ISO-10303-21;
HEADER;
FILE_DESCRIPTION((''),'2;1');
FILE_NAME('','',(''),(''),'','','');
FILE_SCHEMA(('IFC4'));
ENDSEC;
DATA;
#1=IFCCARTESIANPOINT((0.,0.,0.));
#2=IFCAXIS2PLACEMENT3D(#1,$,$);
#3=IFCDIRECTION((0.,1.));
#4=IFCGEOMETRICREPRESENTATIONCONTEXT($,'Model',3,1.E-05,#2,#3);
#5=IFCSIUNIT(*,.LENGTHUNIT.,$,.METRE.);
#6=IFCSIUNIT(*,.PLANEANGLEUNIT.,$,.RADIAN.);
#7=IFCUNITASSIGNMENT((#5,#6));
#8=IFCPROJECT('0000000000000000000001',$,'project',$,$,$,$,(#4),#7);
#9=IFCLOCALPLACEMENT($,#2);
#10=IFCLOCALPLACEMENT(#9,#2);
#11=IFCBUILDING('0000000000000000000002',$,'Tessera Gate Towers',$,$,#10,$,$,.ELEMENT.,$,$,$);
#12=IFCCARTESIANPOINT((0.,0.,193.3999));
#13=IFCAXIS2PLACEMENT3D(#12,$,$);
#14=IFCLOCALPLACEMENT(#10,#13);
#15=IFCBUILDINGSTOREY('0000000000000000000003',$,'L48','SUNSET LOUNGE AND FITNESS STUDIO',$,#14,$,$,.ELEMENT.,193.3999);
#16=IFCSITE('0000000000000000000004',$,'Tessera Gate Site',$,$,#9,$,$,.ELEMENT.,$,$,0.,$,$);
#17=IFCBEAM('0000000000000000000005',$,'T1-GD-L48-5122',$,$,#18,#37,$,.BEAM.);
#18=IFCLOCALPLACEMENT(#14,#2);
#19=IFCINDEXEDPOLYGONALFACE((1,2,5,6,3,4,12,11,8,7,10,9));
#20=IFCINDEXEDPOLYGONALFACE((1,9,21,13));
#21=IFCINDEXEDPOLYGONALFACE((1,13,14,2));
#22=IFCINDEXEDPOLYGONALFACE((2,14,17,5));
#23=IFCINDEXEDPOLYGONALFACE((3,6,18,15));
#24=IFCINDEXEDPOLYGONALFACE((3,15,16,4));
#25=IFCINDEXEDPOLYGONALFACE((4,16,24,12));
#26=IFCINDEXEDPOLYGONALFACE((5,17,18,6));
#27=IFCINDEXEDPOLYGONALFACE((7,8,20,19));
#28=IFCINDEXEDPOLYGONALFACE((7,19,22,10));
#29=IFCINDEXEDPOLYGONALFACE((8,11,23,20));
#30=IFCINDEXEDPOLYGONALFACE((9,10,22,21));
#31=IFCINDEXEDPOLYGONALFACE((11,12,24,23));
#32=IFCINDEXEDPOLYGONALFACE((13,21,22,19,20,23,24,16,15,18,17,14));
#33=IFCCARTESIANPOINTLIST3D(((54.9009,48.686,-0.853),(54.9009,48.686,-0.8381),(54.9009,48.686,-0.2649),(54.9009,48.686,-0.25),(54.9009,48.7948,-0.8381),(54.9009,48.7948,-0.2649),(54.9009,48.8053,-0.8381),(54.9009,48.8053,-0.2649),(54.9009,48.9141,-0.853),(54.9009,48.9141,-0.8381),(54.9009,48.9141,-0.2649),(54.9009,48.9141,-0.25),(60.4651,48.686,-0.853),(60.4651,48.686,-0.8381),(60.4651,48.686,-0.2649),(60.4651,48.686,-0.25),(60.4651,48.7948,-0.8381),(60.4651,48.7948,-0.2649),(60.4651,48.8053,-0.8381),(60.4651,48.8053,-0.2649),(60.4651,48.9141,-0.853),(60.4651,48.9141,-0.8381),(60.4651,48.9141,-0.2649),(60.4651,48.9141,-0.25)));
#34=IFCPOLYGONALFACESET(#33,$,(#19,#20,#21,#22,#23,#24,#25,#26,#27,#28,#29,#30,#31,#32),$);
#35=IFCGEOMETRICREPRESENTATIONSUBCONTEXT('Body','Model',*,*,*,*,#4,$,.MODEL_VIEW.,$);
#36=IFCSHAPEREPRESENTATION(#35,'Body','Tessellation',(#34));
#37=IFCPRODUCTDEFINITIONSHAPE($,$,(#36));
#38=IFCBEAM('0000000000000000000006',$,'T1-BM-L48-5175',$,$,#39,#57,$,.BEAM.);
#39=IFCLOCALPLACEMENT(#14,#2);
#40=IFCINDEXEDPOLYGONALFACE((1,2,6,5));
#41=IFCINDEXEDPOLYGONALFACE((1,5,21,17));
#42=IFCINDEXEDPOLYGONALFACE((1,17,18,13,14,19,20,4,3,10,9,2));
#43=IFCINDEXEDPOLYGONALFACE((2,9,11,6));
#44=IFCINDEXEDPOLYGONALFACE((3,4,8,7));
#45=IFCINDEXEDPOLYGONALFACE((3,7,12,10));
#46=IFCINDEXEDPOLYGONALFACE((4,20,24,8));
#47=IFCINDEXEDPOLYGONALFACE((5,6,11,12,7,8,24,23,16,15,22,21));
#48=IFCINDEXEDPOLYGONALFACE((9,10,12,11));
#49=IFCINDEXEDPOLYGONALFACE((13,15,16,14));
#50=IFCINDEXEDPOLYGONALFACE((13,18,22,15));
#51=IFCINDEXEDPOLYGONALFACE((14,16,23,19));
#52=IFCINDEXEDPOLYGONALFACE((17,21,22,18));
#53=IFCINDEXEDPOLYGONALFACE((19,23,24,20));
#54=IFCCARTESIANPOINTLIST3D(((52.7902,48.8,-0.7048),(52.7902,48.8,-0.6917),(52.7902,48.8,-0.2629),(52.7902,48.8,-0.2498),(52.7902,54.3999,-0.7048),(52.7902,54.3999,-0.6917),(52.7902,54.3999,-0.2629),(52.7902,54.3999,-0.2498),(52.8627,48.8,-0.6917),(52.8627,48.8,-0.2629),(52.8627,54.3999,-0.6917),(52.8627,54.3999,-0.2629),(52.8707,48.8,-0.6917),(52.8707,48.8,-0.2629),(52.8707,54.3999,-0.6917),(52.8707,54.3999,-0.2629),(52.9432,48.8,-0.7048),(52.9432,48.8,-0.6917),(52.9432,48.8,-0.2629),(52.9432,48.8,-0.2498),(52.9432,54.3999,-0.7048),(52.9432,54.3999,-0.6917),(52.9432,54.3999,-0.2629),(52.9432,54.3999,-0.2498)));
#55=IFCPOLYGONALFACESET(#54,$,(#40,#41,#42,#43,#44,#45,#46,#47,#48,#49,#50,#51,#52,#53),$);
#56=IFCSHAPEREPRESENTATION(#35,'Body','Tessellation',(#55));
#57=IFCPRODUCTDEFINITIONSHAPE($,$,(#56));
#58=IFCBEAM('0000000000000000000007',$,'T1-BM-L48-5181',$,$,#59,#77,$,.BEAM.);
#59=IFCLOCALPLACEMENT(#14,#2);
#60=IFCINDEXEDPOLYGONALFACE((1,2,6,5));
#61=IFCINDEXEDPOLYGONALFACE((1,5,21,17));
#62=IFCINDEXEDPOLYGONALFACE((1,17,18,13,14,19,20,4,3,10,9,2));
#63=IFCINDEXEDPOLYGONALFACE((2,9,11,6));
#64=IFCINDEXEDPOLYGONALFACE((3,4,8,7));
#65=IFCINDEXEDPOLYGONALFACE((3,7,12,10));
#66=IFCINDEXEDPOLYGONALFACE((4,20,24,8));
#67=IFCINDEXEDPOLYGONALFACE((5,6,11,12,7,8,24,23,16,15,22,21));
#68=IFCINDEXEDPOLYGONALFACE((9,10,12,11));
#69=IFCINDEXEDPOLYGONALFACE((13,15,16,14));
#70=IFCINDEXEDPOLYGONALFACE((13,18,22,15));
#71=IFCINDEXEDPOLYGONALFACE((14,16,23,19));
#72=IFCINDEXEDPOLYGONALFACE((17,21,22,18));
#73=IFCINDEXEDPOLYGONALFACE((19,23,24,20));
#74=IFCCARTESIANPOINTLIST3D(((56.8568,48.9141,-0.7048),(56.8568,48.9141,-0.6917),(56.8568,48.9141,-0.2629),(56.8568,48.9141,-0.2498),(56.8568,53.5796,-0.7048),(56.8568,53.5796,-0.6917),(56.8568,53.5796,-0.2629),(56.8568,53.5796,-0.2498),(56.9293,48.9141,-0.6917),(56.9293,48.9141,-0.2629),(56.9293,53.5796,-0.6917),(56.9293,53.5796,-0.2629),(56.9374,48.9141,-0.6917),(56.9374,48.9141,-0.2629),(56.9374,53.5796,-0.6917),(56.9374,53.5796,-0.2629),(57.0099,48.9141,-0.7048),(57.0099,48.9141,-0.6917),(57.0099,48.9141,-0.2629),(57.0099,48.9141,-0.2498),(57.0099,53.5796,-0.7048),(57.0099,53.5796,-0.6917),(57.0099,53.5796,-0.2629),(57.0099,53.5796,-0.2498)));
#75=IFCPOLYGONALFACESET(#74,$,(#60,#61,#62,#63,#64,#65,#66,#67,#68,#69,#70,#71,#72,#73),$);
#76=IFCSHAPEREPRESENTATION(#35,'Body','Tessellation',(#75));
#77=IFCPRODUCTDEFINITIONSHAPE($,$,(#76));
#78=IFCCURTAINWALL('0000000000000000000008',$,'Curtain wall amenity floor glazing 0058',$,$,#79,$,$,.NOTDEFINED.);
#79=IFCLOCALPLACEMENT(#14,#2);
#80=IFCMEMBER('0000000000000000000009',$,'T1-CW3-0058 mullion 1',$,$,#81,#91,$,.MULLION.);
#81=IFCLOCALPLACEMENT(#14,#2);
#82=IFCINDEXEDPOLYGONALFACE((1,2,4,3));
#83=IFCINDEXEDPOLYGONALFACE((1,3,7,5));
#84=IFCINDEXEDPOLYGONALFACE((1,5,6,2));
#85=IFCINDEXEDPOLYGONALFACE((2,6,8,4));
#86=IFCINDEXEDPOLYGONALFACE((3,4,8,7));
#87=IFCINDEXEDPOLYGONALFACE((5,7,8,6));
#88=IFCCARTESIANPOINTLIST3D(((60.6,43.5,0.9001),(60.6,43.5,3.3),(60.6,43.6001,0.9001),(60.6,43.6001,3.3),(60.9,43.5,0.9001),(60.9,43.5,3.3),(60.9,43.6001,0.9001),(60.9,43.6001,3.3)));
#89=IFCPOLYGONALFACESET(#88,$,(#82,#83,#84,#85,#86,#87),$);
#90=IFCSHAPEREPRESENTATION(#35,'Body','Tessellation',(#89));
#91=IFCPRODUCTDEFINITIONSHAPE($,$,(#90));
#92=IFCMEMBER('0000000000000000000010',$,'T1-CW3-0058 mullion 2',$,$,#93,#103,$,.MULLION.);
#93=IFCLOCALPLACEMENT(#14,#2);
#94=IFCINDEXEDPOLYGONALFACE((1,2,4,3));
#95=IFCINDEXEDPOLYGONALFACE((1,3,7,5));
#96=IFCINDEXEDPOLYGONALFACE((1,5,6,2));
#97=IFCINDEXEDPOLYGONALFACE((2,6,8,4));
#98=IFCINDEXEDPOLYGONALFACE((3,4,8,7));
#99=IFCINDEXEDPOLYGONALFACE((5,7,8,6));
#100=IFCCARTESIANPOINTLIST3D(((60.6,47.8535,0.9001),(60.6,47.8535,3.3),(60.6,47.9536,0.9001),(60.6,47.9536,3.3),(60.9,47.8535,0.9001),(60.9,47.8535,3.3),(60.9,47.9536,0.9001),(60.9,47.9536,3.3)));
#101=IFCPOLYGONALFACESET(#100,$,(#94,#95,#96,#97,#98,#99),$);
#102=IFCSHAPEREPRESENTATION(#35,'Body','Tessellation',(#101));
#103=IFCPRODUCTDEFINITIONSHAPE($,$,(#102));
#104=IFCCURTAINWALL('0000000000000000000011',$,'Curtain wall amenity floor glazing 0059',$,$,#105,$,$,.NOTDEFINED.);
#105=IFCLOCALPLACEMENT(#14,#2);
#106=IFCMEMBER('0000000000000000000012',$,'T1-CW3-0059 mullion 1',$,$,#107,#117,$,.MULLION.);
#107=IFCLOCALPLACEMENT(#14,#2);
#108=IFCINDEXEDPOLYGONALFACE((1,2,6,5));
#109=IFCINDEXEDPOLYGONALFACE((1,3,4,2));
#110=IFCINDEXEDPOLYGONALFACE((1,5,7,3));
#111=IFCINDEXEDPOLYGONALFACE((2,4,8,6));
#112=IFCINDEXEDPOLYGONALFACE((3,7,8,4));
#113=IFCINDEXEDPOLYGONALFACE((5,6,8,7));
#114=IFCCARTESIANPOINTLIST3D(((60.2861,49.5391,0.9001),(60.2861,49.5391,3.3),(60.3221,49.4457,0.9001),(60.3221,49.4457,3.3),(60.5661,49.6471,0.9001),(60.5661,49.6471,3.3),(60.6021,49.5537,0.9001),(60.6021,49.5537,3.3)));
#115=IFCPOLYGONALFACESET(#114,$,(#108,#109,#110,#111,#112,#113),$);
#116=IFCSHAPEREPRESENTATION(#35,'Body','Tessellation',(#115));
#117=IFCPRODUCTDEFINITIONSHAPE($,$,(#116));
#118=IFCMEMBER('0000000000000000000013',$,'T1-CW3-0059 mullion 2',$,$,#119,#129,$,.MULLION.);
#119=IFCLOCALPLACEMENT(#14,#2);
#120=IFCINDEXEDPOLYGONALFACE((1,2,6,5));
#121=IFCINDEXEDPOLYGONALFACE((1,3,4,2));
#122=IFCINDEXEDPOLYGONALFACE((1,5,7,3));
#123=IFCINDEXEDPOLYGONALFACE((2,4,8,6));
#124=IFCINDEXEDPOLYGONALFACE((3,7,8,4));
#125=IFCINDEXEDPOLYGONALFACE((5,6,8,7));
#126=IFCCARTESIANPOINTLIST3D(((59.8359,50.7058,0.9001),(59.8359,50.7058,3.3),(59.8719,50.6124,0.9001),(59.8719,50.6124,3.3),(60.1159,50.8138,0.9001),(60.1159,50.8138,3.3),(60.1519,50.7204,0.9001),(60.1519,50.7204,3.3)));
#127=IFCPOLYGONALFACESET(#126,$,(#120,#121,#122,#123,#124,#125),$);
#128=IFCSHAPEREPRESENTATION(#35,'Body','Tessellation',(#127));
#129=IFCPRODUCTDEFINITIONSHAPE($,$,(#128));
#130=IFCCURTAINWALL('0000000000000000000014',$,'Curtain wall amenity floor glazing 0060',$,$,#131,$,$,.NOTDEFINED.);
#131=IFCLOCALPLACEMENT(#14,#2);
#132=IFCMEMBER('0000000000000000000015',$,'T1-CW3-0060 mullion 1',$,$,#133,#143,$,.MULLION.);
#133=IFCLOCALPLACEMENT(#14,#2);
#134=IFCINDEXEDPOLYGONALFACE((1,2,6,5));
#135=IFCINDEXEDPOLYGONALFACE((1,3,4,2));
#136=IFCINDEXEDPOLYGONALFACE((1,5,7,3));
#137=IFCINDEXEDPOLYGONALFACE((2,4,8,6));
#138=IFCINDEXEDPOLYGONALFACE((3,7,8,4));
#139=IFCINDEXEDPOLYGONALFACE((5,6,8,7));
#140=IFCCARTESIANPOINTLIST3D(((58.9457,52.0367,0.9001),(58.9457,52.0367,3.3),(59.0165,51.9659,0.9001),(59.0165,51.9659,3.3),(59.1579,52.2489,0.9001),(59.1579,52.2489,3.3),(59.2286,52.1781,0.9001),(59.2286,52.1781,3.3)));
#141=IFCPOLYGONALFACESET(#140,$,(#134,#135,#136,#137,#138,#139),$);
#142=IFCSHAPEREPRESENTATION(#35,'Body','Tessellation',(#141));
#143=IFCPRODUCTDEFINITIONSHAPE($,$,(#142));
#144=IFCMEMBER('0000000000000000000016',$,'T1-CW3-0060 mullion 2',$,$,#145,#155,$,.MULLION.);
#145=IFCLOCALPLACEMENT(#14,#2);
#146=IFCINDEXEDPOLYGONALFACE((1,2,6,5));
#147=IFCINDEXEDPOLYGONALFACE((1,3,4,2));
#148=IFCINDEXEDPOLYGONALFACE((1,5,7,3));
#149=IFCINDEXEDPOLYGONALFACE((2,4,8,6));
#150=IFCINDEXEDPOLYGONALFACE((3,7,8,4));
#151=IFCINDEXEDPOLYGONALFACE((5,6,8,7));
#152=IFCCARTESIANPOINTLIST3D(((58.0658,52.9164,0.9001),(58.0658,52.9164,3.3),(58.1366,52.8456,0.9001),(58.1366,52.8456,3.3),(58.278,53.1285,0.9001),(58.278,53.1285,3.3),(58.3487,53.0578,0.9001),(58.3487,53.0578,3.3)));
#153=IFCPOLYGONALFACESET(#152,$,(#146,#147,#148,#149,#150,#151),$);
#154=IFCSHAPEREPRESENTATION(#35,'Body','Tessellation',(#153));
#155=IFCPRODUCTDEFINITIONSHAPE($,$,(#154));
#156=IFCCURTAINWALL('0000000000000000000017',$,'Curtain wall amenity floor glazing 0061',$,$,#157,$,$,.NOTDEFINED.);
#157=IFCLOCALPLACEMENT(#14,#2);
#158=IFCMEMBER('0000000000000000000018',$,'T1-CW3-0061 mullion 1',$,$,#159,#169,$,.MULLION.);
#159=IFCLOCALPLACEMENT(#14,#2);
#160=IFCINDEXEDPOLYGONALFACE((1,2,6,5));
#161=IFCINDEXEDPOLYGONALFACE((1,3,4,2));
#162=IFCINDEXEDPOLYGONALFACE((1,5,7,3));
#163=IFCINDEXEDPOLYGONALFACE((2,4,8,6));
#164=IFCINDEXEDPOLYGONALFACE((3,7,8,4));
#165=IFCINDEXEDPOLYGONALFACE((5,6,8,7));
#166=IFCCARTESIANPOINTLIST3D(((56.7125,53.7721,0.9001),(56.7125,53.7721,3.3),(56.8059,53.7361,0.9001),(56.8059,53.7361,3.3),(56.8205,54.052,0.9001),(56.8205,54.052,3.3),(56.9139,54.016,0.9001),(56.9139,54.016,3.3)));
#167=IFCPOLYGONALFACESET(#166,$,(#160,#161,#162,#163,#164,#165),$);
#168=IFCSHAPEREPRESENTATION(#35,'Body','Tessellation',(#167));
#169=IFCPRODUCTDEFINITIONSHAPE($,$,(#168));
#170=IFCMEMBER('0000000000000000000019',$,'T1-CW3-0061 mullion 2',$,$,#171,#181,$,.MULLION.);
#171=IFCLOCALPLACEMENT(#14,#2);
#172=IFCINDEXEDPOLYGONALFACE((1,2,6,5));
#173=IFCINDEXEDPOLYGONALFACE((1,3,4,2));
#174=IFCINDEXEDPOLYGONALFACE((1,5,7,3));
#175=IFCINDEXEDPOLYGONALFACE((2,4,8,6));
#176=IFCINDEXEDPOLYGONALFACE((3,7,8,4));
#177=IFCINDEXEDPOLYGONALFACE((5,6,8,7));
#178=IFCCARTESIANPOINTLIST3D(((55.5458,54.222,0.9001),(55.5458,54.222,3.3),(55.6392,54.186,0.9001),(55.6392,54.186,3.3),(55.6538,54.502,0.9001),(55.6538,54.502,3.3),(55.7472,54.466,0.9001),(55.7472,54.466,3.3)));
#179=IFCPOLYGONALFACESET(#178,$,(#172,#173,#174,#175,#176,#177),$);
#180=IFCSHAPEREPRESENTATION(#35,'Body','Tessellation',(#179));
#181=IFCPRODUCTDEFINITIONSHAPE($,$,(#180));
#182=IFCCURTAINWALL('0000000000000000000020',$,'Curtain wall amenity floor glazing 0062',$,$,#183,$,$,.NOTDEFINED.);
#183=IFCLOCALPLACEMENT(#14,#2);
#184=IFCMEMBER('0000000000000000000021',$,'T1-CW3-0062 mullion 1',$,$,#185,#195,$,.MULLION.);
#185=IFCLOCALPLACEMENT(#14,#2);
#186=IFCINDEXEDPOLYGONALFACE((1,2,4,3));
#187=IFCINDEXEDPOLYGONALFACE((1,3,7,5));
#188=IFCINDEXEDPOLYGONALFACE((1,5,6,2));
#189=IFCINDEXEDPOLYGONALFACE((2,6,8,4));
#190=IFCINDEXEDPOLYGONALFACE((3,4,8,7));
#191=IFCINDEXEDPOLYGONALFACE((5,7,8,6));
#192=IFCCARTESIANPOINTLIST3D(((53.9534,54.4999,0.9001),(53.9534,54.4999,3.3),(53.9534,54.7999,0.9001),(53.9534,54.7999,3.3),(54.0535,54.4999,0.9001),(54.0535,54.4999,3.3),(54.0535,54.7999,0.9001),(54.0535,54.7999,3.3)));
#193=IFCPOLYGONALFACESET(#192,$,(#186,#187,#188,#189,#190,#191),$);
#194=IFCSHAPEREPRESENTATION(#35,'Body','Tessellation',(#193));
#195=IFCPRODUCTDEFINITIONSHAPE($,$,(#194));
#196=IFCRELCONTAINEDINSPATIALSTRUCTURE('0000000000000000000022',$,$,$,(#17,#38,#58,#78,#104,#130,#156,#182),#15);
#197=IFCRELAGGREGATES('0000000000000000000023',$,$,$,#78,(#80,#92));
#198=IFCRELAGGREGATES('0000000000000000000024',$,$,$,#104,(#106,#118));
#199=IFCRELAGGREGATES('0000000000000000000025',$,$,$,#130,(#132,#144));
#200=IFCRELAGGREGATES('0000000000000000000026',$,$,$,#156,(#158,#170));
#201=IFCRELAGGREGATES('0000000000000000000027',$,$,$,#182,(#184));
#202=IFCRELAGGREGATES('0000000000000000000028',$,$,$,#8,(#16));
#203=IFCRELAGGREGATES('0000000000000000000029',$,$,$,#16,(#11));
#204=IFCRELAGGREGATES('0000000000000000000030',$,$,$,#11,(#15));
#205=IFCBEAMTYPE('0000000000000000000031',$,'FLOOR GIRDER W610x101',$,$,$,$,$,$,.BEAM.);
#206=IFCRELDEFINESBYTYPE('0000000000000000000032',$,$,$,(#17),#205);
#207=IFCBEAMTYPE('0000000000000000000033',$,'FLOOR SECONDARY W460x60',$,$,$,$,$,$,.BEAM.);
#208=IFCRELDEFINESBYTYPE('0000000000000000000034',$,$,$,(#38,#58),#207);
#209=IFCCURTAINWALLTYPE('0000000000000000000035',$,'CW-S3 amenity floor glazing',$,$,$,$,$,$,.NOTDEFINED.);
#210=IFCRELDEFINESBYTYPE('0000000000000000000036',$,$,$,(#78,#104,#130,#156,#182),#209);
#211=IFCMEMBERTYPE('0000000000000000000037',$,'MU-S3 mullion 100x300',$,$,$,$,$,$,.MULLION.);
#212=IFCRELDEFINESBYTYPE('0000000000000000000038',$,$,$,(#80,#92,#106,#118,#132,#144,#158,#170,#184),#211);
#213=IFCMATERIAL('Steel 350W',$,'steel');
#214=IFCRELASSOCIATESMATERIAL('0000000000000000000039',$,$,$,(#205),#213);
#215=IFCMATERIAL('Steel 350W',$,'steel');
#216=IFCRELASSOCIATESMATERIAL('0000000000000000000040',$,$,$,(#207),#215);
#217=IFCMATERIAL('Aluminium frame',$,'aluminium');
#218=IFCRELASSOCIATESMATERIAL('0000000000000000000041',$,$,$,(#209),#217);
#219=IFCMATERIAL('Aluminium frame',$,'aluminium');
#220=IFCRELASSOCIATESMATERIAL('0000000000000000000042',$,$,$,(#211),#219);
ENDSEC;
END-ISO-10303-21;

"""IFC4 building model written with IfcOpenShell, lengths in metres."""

from ifc_helpers import new_model, si_unit, direction, frame, origin, origin_2d, place, context, subcontext, project, spatial, rectangle, i_section, extrude, material, material_profile, profile_set, type_object, element, aggregate, save


model = new_model("IFC4")

# Units and contexts
model_context = context("Model", 3, precision=1e-05, world=origin(), true_north=direction((0.0, 1.0)))
body_context = subcontext(model_context, "Body", "Model", "MODEL_VIEW")
ifc_project = project(units=[si_unit("LENGTHUNIT", "METRE"), si_unit("PLANEANGLEUNIT", "RADIAN")], contexts=[model_context])

# Site, building, storey
site_placement = place(None, origin())
site = spatial("IfcSite", under=ifc_project, at=site_placement, Name="Tessera Gate Site", CompositionType="ELEMENT", RefElevation=0.0)
building_placement = place(site_placement, origin())
building = spatial("IfcBuilding", under=site, at=building_placement, Name="Tessera Gate Towers", CompositionType="ELEMENT")
storey_placement = place(building_placement, frame((0.0, 0.0, 193.3999)))
storey = spatial("IfcBuildingStorey", under=building, at=storey_placement, Name="L48", Description="SUNSET LOUNGE AND FITNESS STUDIO", CompositionType="ELEMENT", Elevation=193.3999)

# Beams
ifc_material_1 = material(Name="Steel 350W", Category="steel")
ifc_material_profile_1 = material_profile(ifc_material_1, i_section(OverallWidth=0.228, OverallDepth=0.603, WebThickness=0.0105, FlangeThickness=0.0149, at=origin_2d()), Name="W610x101")
ifc_profile_set_1 = profile_set([ifc_material_profile_1], Name="Steel 350W")
beam_type_1 = type_object("IfcBeamType", Name="FLOOR GIRDER W610x101", PredefinedType="BEAM", material=ifc_profile_set_1)
beam_1_placement = place(storey_placement, frame((54.9009, 48.8, -0.5515), z_axis=(1.0, 0.0, 0.0), x_axis=(0.0, 1.0, 0.0)))
element("IfcBeam", 1, at=beam_1_placement, inside=storey, type_object=beam_type_1, Name="T1-GD-L48-5122", PredefinedType="BEAM", context=body_context, shape_type="SweptSolid", body=[
    extrude(i_section(OverallWidth=0.228, OverallDepth=0.603, WebThickness=0.0105, FlangeThickness=0.0149, at=origin_2d()), origin(), (0.0, 0.0, 1.0), 5.5642),
])
ifc_material_2 = material(Name="Steel 350W", Category="steel")
ifc_material_profile_2 = material_profile(ifc_material_2, i_section(OverallWidth=0.1531, OverallDepth=0.4551, WebThickness=0.0081, FlangeThickness=0.0132, at=origin_2d()), Name="W460x60")
ifc_profile_set_2 = profile_set([ifc_material_profile_2], Name="Steel 350W")
beam_type_2 = type_object("IfcBeamType", Name="FLOOR SECONDARY W460x60", PredefinedType="BEAM", material=ifc_profile_set_2)
beam_2_placement = place(storey_placement, frame((52.8667, 48.8, -0.4773), z_axis=(0.0, 1.0, 0.0), x_axis=(-1.0, 0.0, 0.0)))
element("IfcBeam", 2, at=beam_2_placement, inside=storey, type_object=beam_type_2, Name="T1-BM-L48-5175", PredefinedType="BEAM", context=body_context, shape_type="SweptSolid", body=[
    extrude(i_section(OverallWidth=0.1531, OverallDepth=0.4551, WebThickness=0.0081, FlangeThickness=0.0132, at=origin_2d()), origin(), (0.0, 0.0, 1.0), 5.5999),
])
beam_3_placement = place(storey_placement, frame((56.9333, 48.9141, -0.4773), z_axis=(0.0, 1.0, 0.0), x_axis=(-1.0, 0.0, 0.0)))
element("IfcBeam", 3, at=beam_3_placement, inside=storey, type_object=beam_type_2, Name="T1-BM-L48-5181", PredefinedType="BEAM", context=body_context, shape_type="SweptSolid", body=[
    extrude(i_section(OverallWidth=0.1531, OverallDepth=0.4551, WebThickness=0.0081, FlangeThickness=0.0132, at=origin_2d()), origin(), (0.0, 0.0, 1.0), 4.6655),
])

# Curtain walls, members
ifc_material_3 = material(Name="Aluminium frame", Category="aluminium")
curtain_wall_type = type_object("IfcCurtainWallType", Name="CW-S3 amenity floor glazing", PredefinedType="NOTDEFINED", material=ifc_material_3)
curtain_wall_1_placement = place(storey_placement, origin())
curtain_wall_1 = element("IfcCurtainWall", 4, at=curtain_wall_1_placement, inside=storey, type_object=curtain_wall_type, Name="Curtain wall amenity floor glazing 0058", PredefinedType="NOTDEFINED")
ifc_material_4 = material(Name="Aluminium frame", Category="aluminium")
ifc_material_profile_3 = material_profile(ifc_material_4, rectangle(XDim=0.1001, YDim=0.3, at=origin_2d()), Name="AL 100x300")
ifc_profile_set_3 = profile_set([ifc_material_profile_3], Name="Aluminium frame")
member_type_1 = type_object("IfcMemberType", Name="MU-S3 mullion 100x300", PredefinedType="MULLION", material=ifc_profile_set_3)
member_1_placement = place(storey_placement, frame((60.75, 43.55, 0.9001), z_axis=(0.0, 0.0, 1.0), x_axis=(0.0, 1.0, 0.0)))
member_1 = element("IfcMember", 5, at=member_1_placement, type_object=member_type_1, Name="T1-CW3-0058 mullion 1", PredefinedType="MULLION", context=body_context, shape_type="SweptSolid", body=[
    extrude(rectangle(XDim=0.1001, YDim=0.3, at=origin_2d()), origin(), (0.0, 0.0, 1.0), 2.3999),
])
member_2_placement = place(storey_placement, frame((60.75, 47.9036, 0.9001), z_axis=(0.0, 0.0, 1.0), x_axis=(0.0, 1.0, 0.0)))
member_2 = element("IfcMember", 6, at=member_2_placement, type_object=member_type_1, Name="T1-CW3-0058 mullion 2", PredefinedType="MULLION", context=body_context, shape_type="SweptSolid", body=[
    extrude(rectangle(XDim=0.1001, YDim=0.3, at=origin_2d()), origin(), (0.0, 0.0, 1.0), 2.3999),
])
curtain_wall_2_placement = place(storey_placement, origin())
curtain_wall_2 = element("IfcCurtainWall", 7, at=curtain_wall_2_placement, inside=storey, type_object=curtain_wall_type, Name="Curtain wall amenity floor glazing 0059", PredefinedType="NOTDEFINED")
member_3_placement = place(storey_placement, frame((60.4441, 49.5464, 0.9001), z_axis=(0.0, 0.0, 1.0), x_axis=(-0.359904, 0.932989, 0.0)))
member_3 = element("IfcMember", 8, at=member_3_placement, type_object=member_type_1, Name="T1-CW3-0059 mullion 1", PredefinedType="MULLION", context=body_context, shape_type="SweptSolid", body=[
    extrude(rectangle(XDim=0.1001, YDim=0.3, at=origin_2d()), origin(), (0.0, 0.0, 1.0), 2.3999),
])
member_4_placement = place(storey_placement, frame((59.9939, 50.7131, 0.9001), z_axis=(0.0, 0.0, 1.0), x_axis=(-0.359904, 0.932989, 0.0)))
member_4 = element("IfcMember", 9, at=member_4_placement, type_object=member_type_1, Name="T1-CW3-0059 mullion 2", PredefinedType="MULLION", context=body_context, shape_type="SweptSolid", body=[
    extrude(rectangle(XDim=0.1001, YDim=0.3, at=origin_2d()), origin(), (0.0, 0.0, 1.0), 2.3999),
])
curtain_wall_3_placement = place(storey_placement, origin())
curtain_wall_3 = element("IfcCurtainWall", 10, at=curtain_wall_3_placement, inside=storey, type_object=curtain_wall_type, Name="Curtain wall amenity floor glazing 0060", PredefinedType="NOTDEFINED")
member_5_placement = place(storey_placement, frame((59.0872, 52.1074, 0.9001), z_axis=(0.0, 0.0, 1.0), x_axis=(-0.707107, 0.707107, 0.0)))
member_5 = element("IfcMember", 11, at=member_5_placement, type_object=member_type_1, Name="T1-CW3-0060 mullion 1", PredefinedType="MULLION", context=body_context, shape_type="SweptSolid", body=[
    extrude(rectangle(XDim=0.1001, YDim=0.3, at=origin_2d()), origin(), (0.0, 0.0, 1.0), 2.3999),
])
member_6_placement = place(storey_placement, frame((58.2073, 52.9871, 0.9001), z_axis=(0.0, 0.0, 1.0), x_axis=(-0.707107, 0.707107, 0.0)))
member_6 = element("IfcMember", 12, at=member_6_placement, type_object=member_type_1, Name="T1-CW3-0060 mullion 2", PredefinedType="MULLION", context=body_context, shape_type="SweptSolid", body=[
    extrude(rectangle(XDim=0.1001, YDim=0.3, at=origin_2d()), origin(), (0.0, 0.0, 1.0), 2.3999),
])
curtain_wall_4_placement = place(storey_placement, origin())
curtain_wall_4 = element("IfcCurtainWall", 13, at=curtain_wall_4_placement, inside=storey, type_object=curtain_wall_type, Name="Curtain wall amenity floor glazing 0061", PredefinedType="NOTDEFINED")
member_7_placement = place(storey_placement, frame((56.8132, 53.894, 0.9001), z_axis=(0.0, 0.0, 1.0), x_axis=(-0.932989, 0.359904, 0.0)))
member_7 = element("IfcMember", 14, at=member_7_placement, type_object=member_type_1, Name="T1-CW3-0061 mullion 1", PredefinedType="MULLION", context=body_context, shape_type="SweptSolid", body=[
    extrude(rectangle(XDim=0.1001, YDim=0.3, at=origin_2d()), origin(), (0.0, 0.0, 1.0), 2.3999),
])
member_8_placement = place(storey_placement, frame((55.6465, 54.344, 0.9001), z_axis=(0.0, 0.0, 1.0), x_axis=(-0.932989, 0.359904, 0.0)))
member_8 = element("IfcMember", 15, at=member_8_placement, type_object=member_type_1, Name="T1-CW3-0061 mullion 2", PredefinedType="MULLION", context=body_context, shape_type="SweptSolid", body=[
    extrude(rectangle(XDim=0.1001, YDim=0.3, at=origin_2d()), origin(), (0.0, 0.0, 1.0), 2.3999),
])

# Curtain wall, member
curtain_wall_5_placement = place(storey_placement, origin())
curtain_wall_5 = element("IfcCurtainWall", 16, at=curtain_wall_5_placement, inside=storey, type_object=curtain_wall_type, Name="Curtain wall amenity floor glazing 0062", PredefinedType="NOTDEFINED")
member_9_placement = place(storey_placement, frame((54.0034, 54.6499, 0.9001), z_axis=(0.0, 0.0, 1.0), x_axis=(-1.0, 0.0, 0.0)))
member_9 = element("IfcMember", 17, at=member_9_placement, type_object=member_type_1, Name="T1-CW3-0062 mullion 1", PredefinedType="MULLION", context=body_context, shape_type="SweptSolid", body=[
    extrude(rectangle(XDim=0.1001, YDim=0.3, at=origin_2d()), origin(), (0.0, 0.0, 1.0), 2.3999),
])

aggregate(curtain_wall_1, [member_1, member_2])
aggregate(curtain_wall_2, [member_3, member_4])
aggregate(curtain_wall_3, [member_5, member_6])
aggregate(curtain_wall_4, [member_7, member_8])
aggregate(curtain_wall_5, [member_9])

save(model, "model.ifc")
